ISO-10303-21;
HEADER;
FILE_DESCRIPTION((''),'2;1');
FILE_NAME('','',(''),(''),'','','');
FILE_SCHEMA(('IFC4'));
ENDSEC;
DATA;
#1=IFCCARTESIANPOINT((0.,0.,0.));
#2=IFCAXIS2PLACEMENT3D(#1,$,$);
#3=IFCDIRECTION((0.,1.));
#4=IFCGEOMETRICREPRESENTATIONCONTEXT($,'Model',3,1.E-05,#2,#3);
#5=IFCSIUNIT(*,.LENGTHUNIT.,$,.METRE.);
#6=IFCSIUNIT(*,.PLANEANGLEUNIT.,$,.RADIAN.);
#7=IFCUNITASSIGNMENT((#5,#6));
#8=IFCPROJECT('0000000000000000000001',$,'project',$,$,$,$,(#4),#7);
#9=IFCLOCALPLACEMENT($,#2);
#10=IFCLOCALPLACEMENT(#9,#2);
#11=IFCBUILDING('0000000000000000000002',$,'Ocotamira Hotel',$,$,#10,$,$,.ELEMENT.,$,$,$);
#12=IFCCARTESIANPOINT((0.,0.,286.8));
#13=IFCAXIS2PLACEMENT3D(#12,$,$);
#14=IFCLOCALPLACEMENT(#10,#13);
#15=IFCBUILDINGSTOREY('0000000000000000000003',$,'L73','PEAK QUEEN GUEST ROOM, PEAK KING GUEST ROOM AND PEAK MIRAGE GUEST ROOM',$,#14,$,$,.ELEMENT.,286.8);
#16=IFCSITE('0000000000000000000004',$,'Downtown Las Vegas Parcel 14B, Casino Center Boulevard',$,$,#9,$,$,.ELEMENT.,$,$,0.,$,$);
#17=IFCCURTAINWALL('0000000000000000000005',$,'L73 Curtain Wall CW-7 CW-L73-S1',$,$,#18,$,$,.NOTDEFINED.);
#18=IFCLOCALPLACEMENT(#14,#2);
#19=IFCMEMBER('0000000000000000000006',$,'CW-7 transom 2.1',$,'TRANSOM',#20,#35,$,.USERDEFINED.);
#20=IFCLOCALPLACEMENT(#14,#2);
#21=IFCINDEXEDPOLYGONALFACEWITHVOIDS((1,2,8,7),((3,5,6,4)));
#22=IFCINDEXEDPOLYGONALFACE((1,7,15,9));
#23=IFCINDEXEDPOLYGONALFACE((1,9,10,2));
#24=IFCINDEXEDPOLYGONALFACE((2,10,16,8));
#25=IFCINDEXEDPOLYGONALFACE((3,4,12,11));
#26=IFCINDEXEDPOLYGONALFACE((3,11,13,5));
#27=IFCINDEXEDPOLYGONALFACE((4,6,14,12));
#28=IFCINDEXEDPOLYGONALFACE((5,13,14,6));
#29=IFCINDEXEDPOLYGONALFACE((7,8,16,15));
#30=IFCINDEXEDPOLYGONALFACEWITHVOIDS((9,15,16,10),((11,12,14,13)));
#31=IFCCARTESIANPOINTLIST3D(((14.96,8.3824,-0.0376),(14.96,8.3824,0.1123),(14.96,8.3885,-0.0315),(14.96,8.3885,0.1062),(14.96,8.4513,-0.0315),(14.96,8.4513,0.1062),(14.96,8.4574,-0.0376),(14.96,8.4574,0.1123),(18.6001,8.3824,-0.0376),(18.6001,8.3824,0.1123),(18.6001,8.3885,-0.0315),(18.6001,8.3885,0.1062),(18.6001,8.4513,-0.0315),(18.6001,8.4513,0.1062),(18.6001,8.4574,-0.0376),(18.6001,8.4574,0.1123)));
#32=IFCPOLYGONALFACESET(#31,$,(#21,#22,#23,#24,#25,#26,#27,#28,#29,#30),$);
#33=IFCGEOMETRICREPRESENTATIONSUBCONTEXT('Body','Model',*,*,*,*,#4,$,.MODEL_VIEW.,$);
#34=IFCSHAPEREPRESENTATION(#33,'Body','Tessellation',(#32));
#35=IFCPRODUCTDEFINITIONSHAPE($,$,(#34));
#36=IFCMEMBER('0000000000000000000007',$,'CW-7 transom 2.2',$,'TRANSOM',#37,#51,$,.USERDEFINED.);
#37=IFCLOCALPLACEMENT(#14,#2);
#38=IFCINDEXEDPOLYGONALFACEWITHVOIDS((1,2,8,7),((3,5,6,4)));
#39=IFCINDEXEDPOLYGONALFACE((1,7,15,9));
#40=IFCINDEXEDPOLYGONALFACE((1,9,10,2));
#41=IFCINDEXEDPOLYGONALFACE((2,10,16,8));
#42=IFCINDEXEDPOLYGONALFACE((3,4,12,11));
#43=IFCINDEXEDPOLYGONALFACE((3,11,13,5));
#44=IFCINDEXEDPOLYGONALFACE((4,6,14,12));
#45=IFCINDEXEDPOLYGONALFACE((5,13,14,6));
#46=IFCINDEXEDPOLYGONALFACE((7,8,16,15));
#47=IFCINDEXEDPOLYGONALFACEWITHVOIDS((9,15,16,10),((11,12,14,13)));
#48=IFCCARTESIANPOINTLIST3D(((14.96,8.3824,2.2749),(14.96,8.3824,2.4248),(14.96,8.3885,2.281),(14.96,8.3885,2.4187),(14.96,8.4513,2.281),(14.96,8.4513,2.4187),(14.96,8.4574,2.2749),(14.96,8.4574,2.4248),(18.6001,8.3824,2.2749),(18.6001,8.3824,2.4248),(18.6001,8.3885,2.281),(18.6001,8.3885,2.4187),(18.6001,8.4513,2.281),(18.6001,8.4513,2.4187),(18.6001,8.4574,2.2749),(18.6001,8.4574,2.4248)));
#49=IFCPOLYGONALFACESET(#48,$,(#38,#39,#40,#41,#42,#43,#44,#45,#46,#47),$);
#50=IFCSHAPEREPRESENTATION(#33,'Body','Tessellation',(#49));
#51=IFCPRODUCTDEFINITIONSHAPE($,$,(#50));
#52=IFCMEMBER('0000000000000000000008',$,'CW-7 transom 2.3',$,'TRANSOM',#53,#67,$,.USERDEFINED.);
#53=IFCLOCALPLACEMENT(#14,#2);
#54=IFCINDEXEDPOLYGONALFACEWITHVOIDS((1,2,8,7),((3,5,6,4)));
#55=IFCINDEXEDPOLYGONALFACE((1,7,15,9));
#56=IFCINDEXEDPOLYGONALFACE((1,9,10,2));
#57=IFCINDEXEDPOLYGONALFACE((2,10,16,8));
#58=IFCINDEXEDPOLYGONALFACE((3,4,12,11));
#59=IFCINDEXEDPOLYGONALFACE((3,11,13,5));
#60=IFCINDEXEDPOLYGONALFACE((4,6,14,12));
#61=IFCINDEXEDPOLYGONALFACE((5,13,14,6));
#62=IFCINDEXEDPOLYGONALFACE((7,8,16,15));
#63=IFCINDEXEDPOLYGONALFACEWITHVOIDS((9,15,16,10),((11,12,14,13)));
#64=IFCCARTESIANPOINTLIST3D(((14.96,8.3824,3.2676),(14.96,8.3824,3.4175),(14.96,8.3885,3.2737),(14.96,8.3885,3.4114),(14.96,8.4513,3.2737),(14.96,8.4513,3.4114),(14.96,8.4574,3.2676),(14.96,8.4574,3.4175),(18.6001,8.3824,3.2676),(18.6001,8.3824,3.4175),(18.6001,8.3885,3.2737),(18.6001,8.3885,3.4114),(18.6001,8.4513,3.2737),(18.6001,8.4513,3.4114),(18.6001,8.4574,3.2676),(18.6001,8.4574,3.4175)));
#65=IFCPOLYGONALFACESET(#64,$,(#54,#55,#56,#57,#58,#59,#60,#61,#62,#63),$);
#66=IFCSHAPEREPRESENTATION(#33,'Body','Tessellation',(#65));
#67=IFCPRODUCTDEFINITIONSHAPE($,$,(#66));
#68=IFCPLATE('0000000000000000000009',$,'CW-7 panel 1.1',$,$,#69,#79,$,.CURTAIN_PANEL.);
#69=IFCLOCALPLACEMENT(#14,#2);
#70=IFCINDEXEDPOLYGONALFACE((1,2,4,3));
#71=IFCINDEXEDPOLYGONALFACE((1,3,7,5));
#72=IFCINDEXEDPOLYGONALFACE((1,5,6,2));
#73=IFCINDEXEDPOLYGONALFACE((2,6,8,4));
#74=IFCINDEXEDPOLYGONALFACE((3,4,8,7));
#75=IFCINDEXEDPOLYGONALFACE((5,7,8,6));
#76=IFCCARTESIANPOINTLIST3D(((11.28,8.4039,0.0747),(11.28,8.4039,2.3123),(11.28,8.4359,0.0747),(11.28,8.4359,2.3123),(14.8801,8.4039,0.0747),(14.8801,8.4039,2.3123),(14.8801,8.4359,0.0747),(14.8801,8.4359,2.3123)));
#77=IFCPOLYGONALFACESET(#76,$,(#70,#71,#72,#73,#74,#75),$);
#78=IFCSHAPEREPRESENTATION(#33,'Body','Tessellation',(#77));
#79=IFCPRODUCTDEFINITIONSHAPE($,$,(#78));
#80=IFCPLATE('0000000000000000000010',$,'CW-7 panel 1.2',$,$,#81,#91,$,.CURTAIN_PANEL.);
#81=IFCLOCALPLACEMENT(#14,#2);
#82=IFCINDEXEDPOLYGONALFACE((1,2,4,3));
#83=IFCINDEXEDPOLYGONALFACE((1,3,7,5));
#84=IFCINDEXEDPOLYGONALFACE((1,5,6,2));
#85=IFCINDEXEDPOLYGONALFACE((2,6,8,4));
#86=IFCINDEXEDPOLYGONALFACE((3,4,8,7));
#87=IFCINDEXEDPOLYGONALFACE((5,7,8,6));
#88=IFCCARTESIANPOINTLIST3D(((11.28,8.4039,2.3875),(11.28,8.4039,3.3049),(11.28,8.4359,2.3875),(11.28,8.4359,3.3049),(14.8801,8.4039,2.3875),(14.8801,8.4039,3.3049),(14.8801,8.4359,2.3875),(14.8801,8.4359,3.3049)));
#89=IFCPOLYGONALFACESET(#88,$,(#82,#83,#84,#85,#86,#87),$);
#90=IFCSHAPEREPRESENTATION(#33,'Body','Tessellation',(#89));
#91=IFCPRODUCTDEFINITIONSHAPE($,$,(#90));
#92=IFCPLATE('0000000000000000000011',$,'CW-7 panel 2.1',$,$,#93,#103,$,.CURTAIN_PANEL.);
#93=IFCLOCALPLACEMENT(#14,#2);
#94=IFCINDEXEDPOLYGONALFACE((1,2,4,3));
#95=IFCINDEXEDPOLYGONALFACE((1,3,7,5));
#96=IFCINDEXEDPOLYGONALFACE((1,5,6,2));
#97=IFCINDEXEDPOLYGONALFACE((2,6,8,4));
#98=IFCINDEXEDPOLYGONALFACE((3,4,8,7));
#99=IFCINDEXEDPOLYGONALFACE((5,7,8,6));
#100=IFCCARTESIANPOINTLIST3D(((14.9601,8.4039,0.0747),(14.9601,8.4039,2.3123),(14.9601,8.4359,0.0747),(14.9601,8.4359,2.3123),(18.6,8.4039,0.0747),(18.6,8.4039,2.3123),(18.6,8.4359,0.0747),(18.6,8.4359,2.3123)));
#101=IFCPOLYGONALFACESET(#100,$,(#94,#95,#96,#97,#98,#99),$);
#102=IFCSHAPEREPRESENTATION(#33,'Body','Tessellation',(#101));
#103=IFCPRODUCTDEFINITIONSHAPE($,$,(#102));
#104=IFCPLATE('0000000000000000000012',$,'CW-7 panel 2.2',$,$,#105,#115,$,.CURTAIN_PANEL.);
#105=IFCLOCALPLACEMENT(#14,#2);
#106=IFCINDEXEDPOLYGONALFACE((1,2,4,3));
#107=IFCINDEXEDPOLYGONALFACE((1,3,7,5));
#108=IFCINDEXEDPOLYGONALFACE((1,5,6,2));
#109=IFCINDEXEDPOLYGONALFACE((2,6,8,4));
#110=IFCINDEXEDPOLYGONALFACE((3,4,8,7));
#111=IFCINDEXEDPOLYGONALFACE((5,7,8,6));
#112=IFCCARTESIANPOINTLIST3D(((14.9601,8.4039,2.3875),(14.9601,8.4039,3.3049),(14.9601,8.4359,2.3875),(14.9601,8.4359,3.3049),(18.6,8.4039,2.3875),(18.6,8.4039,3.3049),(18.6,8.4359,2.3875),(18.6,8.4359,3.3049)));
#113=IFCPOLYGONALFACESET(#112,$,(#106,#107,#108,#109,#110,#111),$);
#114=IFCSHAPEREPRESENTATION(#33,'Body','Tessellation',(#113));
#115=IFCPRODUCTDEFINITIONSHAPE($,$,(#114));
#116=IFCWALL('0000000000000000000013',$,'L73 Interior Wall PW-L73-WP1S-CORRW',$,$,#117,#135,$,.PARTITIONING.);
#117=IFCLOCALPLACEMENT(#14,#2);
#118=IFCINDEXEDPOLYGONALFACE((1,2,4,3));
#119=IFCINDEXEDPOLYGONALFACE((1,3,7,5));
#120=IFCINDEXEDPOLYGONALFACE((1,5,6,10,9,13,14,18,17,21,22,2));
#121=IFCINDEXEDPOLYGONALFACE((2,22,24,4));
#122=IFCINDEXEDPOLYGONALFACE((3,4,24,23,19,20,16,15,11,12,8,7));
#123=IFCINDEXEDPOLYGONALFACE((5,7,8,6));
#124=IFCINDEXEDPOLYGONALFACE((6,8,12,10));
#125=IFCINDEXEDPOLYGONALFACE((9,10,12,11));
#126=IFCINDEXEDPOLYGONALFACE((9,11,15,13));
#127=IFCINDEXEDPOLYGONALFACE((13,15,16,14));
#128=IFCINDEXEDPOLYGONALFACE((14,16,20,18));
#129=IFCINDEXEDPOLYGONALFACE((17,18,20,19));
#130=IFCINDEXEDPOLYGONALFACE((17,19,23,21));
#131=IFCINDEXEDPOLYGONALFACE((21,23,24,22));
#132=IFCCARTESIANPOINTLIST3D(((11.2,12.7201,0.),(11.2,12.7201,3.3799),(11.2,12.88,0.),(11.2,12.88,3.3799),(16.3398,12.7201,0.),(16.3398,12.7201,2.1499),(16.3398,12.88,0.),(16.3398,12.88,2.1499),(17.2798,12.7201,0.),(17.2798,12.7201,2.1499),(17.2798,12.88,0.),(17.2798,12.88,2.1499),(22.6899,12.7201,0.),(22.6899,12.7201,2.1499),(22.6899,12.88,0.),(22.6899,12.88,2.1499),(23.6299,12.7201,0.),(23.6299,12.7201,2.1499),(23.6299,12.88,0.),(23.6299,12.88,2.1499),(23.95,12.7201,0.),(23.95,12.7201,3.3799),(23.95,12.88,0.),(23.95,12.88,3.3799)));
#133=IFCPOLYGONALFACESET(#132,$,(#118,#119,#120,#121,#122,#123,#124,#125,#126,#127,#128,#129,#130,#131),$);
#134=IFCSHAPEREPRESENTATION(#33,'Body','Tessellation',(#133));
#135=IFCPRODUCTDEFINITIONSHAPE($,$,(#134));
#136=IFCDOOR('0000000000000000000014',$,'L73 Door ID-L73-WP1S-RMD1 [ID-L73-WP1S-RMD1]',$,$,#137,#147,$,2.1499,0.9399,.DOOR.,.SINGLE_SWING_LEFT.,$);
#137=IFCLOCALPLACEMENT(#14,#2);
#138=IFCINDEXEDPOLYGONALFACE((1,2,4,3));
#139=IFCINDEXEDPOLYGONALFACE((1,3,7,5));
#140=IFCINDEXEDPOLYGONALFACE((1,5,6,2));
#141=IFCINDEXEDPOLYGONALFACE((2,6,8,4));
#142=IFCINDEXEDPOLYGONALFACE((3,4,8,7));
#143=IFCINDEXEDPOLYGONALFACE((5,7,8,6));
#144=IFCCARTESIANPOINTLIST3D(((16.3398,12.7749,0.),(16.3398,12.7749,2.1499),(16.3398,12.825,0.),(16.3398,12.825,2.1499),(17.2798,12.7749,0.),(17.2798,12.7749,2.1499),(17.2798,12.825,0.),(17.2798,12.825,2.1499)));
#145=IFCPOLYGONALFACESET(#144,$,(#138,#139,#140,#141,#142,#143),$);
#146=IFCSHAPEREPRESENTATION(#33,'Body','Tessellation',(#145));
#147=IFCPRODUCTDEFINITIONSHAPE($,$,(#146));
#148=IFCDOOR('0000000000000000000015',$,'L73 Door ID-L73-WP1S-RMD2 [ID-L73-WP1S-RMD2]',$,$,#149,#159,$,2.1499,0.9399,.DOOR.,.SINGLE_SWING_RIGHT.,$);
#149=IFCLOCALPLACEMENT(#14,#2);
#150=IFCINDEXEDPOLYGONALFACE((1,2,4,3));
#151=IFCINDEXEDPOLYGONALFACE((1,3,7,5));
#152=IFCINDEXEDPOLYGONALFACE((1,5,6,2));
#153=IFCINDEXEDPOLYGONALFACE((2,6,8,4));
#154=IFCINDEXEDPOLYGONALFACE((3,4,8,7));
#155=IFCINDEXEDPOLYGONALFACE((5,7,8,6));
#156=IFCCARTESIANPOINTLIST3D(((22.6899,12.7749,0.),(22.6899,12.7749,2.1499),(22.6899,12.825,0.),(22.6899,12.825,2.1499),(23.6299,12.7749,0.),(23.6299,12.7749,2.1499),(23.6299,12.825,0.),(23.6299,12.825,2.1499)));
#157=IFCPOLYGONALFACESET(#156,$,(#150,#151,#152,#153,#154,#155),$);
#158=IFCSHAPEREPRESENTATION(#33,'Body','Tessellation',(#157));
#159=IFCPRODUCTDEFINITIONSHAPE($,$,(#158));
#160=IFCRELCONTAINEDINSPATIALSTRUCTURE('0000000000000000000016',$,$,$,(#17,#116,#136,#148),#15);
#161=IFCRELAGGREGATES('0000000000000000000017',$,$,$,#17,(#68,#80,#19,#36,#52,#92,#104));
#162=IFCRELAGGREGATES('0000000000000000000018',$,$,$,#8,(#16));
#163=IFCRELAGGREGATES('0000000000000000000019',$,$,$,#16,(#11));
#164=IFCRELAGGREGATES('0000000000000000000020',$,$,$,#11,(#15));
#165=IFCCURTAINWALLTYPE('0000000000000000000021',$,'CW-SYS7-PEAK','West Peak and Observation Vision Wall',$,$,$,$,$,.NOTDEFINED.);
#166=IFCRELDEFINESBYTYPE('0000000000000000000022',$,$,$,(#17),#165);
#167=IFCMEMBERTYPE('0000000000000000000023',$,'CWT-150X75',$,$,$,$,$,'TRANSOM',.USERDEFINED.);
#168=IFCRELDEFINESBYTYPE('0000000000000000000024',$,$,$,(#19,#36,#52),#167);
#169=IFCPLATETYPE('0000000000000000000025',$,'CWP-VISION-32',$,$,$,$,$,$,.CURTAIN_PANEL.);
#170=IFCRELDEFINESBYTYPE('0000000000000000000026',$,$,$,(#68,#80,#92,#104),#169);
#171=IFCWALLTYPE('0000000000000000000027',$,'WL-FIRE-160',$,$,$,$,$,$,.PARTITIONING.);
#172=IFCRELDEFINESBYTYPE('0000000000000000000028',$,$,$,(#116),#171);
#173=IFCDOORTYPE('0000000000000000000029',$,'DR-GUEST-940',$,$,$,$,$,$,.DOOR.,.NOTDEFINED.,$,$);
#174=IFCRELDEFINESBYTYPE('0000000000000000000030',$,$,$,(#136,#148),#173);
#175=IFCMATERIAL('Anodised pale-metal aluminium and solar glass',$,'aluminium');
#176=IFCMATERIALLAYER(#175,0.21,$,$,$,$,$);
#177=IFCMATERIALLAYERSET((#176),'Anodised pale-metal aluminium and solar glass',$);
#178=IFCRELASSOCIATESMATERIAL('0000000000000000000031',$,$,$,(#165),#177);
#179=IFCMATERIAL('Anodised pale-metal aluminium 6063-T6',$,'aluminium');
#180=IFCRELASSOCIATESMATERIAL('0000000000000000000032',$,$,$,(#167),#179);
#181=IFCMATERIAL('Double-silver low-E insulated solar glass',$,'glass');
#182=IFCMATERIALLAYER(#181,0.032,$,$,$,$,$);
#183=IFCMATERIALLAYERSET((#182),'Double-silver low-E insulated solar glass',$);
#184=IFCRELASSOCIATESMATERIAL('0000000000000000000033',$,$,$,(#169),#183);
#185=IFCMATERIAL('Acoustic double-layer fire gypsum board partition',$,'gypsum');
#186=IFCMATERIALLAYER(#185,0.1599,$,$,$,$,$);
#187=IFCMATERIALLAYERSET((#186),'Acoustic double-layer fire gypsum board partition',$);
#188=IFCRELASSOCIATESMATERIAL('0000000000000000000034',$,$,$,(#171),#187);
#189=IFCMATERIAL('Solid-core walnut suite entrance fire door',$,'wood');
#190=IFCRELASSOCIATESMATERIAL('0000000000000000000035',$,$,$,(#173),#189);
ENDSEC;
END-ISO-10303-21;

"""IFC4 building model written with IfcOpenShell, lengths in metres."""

from ifc_helpers import new_model, si_unit, direction, frame, frame_2d, origin, origin_2d, place, context, subcontext, project, spatial, rectangle, hollow_rectangle, extrude, source, transform, mapped, material, layer, layer_set, material_profile, profile_set, type_object, element, fill, aggregate, save


model = new_model("IFC4")

# Units and contexts
model_context = context("Model", 3, precision=1e-05, world=origin(), true_north=direction((0.0, 1.0)))
body_context = subcontext(model_context, "Body", "Model", "MODEL_VIEW")
ifc_project = project(units=[si_unit("LENGTHUNIT", "METRE"), si_unit("PLANEANGLEUNIT", "RADIAN")], contexts=[model_context])

# Site, building, storey
site_placement = place(None, origin())
site = spatial("IfcSite", under=ifc_project, at=site_placement, Name="Downtown Las Vegas Parcel 14B, Casino Center Boulevard", CompositionType="ELEMENT", RefElevation=0.0)
building_placement = place(site_placement, origin())
building = spatial("IfcBuilding", under=site, at=building_placement, Name="Ocotamira Hotel", CompositionType="ELEMENT")
storey_placement = place(building_placement, frame((0.0, 0.0, 286.8)))
storey = spatial("IfcBuildingStorey", under=building, at=storey_placement, Name="L73", Description="PEAK QUEEN GUEST ROOM, PEAK KING GUEST ROOM AND PEAK MIRAGE GUEST ROOM", CompositionType="ELEMENT", Elevation=286.8)

# Curtain wall, members, plates
ifc_material_1 = material(Name="Anodised pale-metal aluminium and solar glass", Category="aluminium")
ifc_layer_1 = layer(ifc_material_1, 0.21)
ifc_layer_set_1 = layer_set([ifc_layer_1], Name="Anodised pale-metal aluminium and solar glass")
curtain_wall_type = type_object("IfcCurtainWallType", Name="CW-SYS7-PEAK", Description="West Peak and Observation Vision Wall", PredefinedType="NOTDEFINED", material=ifc_layer_set_1)
curtain_wall_placement = place(storey_placement, origin())
curtain_wall = element("IfcCurtainWall", 1, at=curtain_wall_placement, inside=storey, type_object=curtain_wall_type, Name="L73 Curtain Wall CW-7 CW-L73-S1", PredefinedType="NOTDEFINED")
ifc_material_2 = material(Name="Anodised pale-metal aluminium 6063-T6", Category="aluminium")
ifc_material_profile_1 = material_profile(ifc_material_2, hollow_rectangle(XDim=0.075, YDim=0.1499, WallThickness=0.0061, at=origin_2d()), Name="HSS150X75X6")
ifc_profile_set_1 = profile_set([ifc_material_profile_1], Name="Anodised pale-metal aluminium 6063-T6")
member_type_1 = type_object("IfcMemberType", Name="CWT-150X75", ElementType="TRANSOM", PredefinedType="USERDEFINED", material=ifc_profile_set_1)
shared_shape_1 = source(origin(), body_context, "Body", "SweptSolid", [
    extrude(hollow_rectangle(XDim=0.075, YDim=0.1499, WallThickness=0.0061, at=origin_2d()), origin(), (0.0, 0.0, 1.0), 3.6401),
])
member_1_placement = place(storey_placement, frame((14.96, 8.4199, 0.0374), z_axis=(1.0, 0.0, 0.0), x_axis=(0.0, 1.0, 0.0)))
member_1 = element("IfcMember", 2, at=member_1_placement, type_object=member_type_1, Name="CW-7 transom 2.1", ObjectType="TRANSOM", PredefinedType="USERDEFINED", context=body_context, shape_type="MappedRepresentation", body=[
    mapped(shared_shape_1, transform((0.0, 0.0, 0.0), scale=1.0)),
])
member_2_placement = place(storey_placement, frame((14.96, 8.4199, 2.3499), z_axis=(1.0, 0.0, 0.0), x_axis=(0.0, 1.0, 0.0)))
member_2 = element("IfcMember", 3, at=member_2_placement, type_object=member_type_1, Name="CW-7 transom 2.2", ObjectType="TRANSOM", PredefinedType="USERDEFINED", context=body_context, shape_type="MappedRepresentation", body=[
    mapped(shared_shape_1, transform((0.0, 0.0, 0.0), scale=1.0)),
])
member_3_placement = place(storey_placement, frame((14.96, 8.4199, 3.3425), z_axis=(1.0, 0.0, 0.0), x_axis=(0.0, 1.0, 0.0)))
member_3 = element("IfcMember", 4, at=member_3_placement, type_object=member_type_1, Name="CW-7 transom 2.3", ObjectType="TRANSOM", PredefinedType="USERDEFINED", context=body_context, shape_type="MappedRepresentation", body=[
    mapped(shared_shape_1, transform((0.0, 0.0, 0.0), scale=1.0)),
])
ifc_material_3 = material(Name="Double-silver low-E insulated solar glass", Category="glass")
ifc_layer_2 = layer(ifc_material_3, 0.032)
ifc_layer_set_2 = layer_set([ifc_layer_2], Name="Double-silver low-E insulated solar glass")
plate_type = type_object("IfcPlateType", Name="CWP-VISION-32", PredefinedType="CURTAIN_PANEL", material=ifc_layer_set_2)
shared_shape_2 = source(origin(), body_context, "Body", "SweptSolid", [
    extrude(rectangle(XDim=3.6001, YDim=0.032, at=origin_2d()), origin(), (0.0, 0.0, 1.0), 2.2375),
])
plate_1_placement = place(storey_placement, frame((13.0801, 8.4199, 0.0747), z_axis=(0.0, 0.0, 1.0), x_axis=(1.0, 0.0, 0.0)))
plate_1 = element("IfcPlate", 5, at=plate_1_placement, type_object=plate_type, Name="CW-7 panel 1.1", PredefinedType="CURTAIN_PANEL", context=body_context, shape_type="MappedRepresentation", body=[
    mapped(shared_shape_2, transform((0.0, 0.0, 0.0), scale=1.0)),
])
shared_shape_3 = source(origin(), body_context, "Body", "SweptSolid", [
    extrude(rectangle(XDim=3.6001, YDim=0.032, at=origin_2d()), origin(), (0.0, 0.0, 1.0), 0.9175),
])
plate_2_placement = place(storey_placement, frame((13.0801, 8.4199, 2.3875), z_axis=(0.0, 0.0, 1.0), x_axis=(1.0, 0.0, 0.0)))
plate_2 = element("IfcPlate", 6, at=plate_2_placement, type_object=plate_type, Name="CW-7 panel 1.2", PredefinedType="CURTAIN_PANEL", context=body_context, shape_type="MappedRepresentation", body=[
    mapped(shared_shape_3, transform((0.0, 0.0, 0.0), scale=1.0)),
])
shared_shape_4 = source(origin(), body_context, "Body", "SweptSolid", [
    extrude(rectangle(XDim=3.6399, YDim=0.032, at=origin_2d()), origin(), (0.0, 0.0, 1.0), 2.2375),
])
plate_3_placement = place(storey_placement, frame((16.78, 8.4199, 0.0747), z_axis=(0.0, 0.0, 1.0), x_axis=(1.0, 0.0, 0.0)))
plate_3 = element("IfcPlate", 7, at=plate_3_placement, type_object=plate_type, Name="CW-7 panel 2.1", PredefinedType="CURTAIN_PANEL", context=body_context, shape_type="MappedRepresentation", body=[
    mapped(shared_shape_4, transform((0.0, 0.0, 0.0), scale=1.0)),
])
shared_shape_5 = source(origin(), body_context, "Body", "SweptSolid", [
    extrude(rectangle(XDim=3.6399, YDim=0.032, at=origin_2d()), origin(), (0.0, 0.0, 1.0), 0.9175),
])
plate_4_placement = place(storey_placement, frame((16.78, 8.4199, 2.3875), z_axis=(0.0, 0.0, 1.0), x_axis=(1.0, 0.0, 0.0)))
plate_4 = element("IfcPlate", 8, at=plate_4_placement, type_object=plate_type, Name="CW-7 panel 2.2", PredefinedType="CURTAIN_PANEL", context=body_context, shape_type="MappedRepresentation", body=[
    mapped(shared_shape_5, transform((0.0, 0.0, 0.0), scale=1.0)),
])
aggregate(curtain_wall, [plate_1, plate_2, member_1, member_2, member_3, plate_3, plate_4])

# Wall, openings, doors
ifc_material_4 = material(Name="Acoustic double-layer fire gypsum board partition", Category="gypsum")
ifc_layer_3 = layer(ifc_material_4, 0.1599)
ifc_layer_set_3 = layer_set([ifc_layer_3], Name="Acoustic double-layer fire gypsum board partition")
wall_type_1 = type_object("IfcWallType", Name="WL-FIRE-160", PredefinedType="PARTITIONING", material=ifc_layer_set_3)
wall_1_placement = place(storey_placement, frame((11.2, 12.8, 0.0), z_axis=(0.0, 0.0, 1.0), x_axis=(1.0, 0.0, 0.0)))
wall_1 = element("IfcWall", 9, at=wall_1_placement, inside=storey, type_object=wall_type_1, Name="L73 Interior Wall PW-L73-WP1S-CORRW", PredefinedType="PARTITIONING", context=body_context, shape_type="SweptSolid", body=[
    extrude(rectangle(XDim=12.75, YDim=0.1599, at=frame_2d((6.375, 0.0))), origin(), (0.0, 0.0, 1.0), 3.3799),
])
opening_1_placement = place(wall_1_placement, frame((5.1399, 0.0, 0.0)))
opening_1 = element("IfcOpeningElement", 10, at=opening_1_placement, cuts=wall_1, PredefinedType="OPENING", context=body_context, shape_type="SweptSolid", body=[
    extrude(rectangle(XDim=0.9399, YDim=2.1499, at=frame_2d((0.47, 1.075))), frame((0.0, 0.0898, 0.0), z_axis=(0.0, -1.0, 0.0), x_axis=(1.0, 0.0, 0.0)), (0.0, 0.0, 1.0), 0.1799),
])
opening_2_placement = place(wall_1_placement, frame((11.49, 0.0, 0.0)))
opening_2 = element("IfcOpeningElement", 11, at=opening_2_placement, cuts=wall_1, PredefinedType="OPENING", context=body_context, shape_type="SweptSolid", body=[
    extrude(rectangle(XDim=0.9399, YDim=2.1499, at=frame_2d((0.47, 1.075))), frame((0.0, 0.0898, 0.0), z_axis=(0.0, -1.0, 0.0), x_axis=(1.0, 0.0, 0.0)), (0.0, 0.0, 1.0), 0.1799),
])
ifc_material_5 = material(Name="Solid-core walnut suite entrance fire door", Category="wood")
door_type_1 = type_object("IfcDoorType", Name="DR-GUEST-940", OperationType="NOTDEFINED", PredefinedType="DOOR", material=ifc_material_5)
shared_shape_6 = source(origin(), body_context, "Body", "SweptSolid", [
    extrude(rectangle(XDim=0.9399, YDim=2.1499, at=frame_2d((0.47, 1.075))), frame((0.0, 0.0249, 0.0), z_axis=(0.0, -1.0, 0.0), x_axis=(1.0, 0.0, 0.0)), (0.0, 0.0, 1.0), 0.05),
])
door_1_placement = place(opening_1_placement, origin())
door_1 = element("IfcDoor", 12, at=door_1_placement, inside=storey, type_object=door_type_1, Name="L73 Door ID-L73-WP1S-RMD1 [ID-L73-WP1S-RMD1]", OperationType="SINGLE_SWING_LEFT", OverallHeight=2.1499, OverallWidth=0.9399, PredefinedType="DOOR", context=body_context, shape_type="MappedRepresentation", body=[
    mapped(shared_shape_6, transform((0.0, 0.0, 0.0), scale=1.0)),
])
fill(opening_1, door_1)
door_2_placement = place(opening_2_placement, origin())
door_2 = element("IfcDoor", 13, at=door_2_placement, inside=storey, type_object=door_type_1, Name="L73 Door ID-L73-WP1S-RMD2 [ID-L73-WP1S-RMD2]", OperationType="SINGLE_SWING_RIGHT", OverallHeight=2.1499, OverallWidth=0.9399, PredefinedType="DOOR", context=body_context, shape_type="MappedRepresentation", body=[
    mapped(shared_shape_6, transform((0.0, 0.0, 0.0), scale=1.0)),
])
fill(opening_2, door_2)

save(model, "model.ifc")
